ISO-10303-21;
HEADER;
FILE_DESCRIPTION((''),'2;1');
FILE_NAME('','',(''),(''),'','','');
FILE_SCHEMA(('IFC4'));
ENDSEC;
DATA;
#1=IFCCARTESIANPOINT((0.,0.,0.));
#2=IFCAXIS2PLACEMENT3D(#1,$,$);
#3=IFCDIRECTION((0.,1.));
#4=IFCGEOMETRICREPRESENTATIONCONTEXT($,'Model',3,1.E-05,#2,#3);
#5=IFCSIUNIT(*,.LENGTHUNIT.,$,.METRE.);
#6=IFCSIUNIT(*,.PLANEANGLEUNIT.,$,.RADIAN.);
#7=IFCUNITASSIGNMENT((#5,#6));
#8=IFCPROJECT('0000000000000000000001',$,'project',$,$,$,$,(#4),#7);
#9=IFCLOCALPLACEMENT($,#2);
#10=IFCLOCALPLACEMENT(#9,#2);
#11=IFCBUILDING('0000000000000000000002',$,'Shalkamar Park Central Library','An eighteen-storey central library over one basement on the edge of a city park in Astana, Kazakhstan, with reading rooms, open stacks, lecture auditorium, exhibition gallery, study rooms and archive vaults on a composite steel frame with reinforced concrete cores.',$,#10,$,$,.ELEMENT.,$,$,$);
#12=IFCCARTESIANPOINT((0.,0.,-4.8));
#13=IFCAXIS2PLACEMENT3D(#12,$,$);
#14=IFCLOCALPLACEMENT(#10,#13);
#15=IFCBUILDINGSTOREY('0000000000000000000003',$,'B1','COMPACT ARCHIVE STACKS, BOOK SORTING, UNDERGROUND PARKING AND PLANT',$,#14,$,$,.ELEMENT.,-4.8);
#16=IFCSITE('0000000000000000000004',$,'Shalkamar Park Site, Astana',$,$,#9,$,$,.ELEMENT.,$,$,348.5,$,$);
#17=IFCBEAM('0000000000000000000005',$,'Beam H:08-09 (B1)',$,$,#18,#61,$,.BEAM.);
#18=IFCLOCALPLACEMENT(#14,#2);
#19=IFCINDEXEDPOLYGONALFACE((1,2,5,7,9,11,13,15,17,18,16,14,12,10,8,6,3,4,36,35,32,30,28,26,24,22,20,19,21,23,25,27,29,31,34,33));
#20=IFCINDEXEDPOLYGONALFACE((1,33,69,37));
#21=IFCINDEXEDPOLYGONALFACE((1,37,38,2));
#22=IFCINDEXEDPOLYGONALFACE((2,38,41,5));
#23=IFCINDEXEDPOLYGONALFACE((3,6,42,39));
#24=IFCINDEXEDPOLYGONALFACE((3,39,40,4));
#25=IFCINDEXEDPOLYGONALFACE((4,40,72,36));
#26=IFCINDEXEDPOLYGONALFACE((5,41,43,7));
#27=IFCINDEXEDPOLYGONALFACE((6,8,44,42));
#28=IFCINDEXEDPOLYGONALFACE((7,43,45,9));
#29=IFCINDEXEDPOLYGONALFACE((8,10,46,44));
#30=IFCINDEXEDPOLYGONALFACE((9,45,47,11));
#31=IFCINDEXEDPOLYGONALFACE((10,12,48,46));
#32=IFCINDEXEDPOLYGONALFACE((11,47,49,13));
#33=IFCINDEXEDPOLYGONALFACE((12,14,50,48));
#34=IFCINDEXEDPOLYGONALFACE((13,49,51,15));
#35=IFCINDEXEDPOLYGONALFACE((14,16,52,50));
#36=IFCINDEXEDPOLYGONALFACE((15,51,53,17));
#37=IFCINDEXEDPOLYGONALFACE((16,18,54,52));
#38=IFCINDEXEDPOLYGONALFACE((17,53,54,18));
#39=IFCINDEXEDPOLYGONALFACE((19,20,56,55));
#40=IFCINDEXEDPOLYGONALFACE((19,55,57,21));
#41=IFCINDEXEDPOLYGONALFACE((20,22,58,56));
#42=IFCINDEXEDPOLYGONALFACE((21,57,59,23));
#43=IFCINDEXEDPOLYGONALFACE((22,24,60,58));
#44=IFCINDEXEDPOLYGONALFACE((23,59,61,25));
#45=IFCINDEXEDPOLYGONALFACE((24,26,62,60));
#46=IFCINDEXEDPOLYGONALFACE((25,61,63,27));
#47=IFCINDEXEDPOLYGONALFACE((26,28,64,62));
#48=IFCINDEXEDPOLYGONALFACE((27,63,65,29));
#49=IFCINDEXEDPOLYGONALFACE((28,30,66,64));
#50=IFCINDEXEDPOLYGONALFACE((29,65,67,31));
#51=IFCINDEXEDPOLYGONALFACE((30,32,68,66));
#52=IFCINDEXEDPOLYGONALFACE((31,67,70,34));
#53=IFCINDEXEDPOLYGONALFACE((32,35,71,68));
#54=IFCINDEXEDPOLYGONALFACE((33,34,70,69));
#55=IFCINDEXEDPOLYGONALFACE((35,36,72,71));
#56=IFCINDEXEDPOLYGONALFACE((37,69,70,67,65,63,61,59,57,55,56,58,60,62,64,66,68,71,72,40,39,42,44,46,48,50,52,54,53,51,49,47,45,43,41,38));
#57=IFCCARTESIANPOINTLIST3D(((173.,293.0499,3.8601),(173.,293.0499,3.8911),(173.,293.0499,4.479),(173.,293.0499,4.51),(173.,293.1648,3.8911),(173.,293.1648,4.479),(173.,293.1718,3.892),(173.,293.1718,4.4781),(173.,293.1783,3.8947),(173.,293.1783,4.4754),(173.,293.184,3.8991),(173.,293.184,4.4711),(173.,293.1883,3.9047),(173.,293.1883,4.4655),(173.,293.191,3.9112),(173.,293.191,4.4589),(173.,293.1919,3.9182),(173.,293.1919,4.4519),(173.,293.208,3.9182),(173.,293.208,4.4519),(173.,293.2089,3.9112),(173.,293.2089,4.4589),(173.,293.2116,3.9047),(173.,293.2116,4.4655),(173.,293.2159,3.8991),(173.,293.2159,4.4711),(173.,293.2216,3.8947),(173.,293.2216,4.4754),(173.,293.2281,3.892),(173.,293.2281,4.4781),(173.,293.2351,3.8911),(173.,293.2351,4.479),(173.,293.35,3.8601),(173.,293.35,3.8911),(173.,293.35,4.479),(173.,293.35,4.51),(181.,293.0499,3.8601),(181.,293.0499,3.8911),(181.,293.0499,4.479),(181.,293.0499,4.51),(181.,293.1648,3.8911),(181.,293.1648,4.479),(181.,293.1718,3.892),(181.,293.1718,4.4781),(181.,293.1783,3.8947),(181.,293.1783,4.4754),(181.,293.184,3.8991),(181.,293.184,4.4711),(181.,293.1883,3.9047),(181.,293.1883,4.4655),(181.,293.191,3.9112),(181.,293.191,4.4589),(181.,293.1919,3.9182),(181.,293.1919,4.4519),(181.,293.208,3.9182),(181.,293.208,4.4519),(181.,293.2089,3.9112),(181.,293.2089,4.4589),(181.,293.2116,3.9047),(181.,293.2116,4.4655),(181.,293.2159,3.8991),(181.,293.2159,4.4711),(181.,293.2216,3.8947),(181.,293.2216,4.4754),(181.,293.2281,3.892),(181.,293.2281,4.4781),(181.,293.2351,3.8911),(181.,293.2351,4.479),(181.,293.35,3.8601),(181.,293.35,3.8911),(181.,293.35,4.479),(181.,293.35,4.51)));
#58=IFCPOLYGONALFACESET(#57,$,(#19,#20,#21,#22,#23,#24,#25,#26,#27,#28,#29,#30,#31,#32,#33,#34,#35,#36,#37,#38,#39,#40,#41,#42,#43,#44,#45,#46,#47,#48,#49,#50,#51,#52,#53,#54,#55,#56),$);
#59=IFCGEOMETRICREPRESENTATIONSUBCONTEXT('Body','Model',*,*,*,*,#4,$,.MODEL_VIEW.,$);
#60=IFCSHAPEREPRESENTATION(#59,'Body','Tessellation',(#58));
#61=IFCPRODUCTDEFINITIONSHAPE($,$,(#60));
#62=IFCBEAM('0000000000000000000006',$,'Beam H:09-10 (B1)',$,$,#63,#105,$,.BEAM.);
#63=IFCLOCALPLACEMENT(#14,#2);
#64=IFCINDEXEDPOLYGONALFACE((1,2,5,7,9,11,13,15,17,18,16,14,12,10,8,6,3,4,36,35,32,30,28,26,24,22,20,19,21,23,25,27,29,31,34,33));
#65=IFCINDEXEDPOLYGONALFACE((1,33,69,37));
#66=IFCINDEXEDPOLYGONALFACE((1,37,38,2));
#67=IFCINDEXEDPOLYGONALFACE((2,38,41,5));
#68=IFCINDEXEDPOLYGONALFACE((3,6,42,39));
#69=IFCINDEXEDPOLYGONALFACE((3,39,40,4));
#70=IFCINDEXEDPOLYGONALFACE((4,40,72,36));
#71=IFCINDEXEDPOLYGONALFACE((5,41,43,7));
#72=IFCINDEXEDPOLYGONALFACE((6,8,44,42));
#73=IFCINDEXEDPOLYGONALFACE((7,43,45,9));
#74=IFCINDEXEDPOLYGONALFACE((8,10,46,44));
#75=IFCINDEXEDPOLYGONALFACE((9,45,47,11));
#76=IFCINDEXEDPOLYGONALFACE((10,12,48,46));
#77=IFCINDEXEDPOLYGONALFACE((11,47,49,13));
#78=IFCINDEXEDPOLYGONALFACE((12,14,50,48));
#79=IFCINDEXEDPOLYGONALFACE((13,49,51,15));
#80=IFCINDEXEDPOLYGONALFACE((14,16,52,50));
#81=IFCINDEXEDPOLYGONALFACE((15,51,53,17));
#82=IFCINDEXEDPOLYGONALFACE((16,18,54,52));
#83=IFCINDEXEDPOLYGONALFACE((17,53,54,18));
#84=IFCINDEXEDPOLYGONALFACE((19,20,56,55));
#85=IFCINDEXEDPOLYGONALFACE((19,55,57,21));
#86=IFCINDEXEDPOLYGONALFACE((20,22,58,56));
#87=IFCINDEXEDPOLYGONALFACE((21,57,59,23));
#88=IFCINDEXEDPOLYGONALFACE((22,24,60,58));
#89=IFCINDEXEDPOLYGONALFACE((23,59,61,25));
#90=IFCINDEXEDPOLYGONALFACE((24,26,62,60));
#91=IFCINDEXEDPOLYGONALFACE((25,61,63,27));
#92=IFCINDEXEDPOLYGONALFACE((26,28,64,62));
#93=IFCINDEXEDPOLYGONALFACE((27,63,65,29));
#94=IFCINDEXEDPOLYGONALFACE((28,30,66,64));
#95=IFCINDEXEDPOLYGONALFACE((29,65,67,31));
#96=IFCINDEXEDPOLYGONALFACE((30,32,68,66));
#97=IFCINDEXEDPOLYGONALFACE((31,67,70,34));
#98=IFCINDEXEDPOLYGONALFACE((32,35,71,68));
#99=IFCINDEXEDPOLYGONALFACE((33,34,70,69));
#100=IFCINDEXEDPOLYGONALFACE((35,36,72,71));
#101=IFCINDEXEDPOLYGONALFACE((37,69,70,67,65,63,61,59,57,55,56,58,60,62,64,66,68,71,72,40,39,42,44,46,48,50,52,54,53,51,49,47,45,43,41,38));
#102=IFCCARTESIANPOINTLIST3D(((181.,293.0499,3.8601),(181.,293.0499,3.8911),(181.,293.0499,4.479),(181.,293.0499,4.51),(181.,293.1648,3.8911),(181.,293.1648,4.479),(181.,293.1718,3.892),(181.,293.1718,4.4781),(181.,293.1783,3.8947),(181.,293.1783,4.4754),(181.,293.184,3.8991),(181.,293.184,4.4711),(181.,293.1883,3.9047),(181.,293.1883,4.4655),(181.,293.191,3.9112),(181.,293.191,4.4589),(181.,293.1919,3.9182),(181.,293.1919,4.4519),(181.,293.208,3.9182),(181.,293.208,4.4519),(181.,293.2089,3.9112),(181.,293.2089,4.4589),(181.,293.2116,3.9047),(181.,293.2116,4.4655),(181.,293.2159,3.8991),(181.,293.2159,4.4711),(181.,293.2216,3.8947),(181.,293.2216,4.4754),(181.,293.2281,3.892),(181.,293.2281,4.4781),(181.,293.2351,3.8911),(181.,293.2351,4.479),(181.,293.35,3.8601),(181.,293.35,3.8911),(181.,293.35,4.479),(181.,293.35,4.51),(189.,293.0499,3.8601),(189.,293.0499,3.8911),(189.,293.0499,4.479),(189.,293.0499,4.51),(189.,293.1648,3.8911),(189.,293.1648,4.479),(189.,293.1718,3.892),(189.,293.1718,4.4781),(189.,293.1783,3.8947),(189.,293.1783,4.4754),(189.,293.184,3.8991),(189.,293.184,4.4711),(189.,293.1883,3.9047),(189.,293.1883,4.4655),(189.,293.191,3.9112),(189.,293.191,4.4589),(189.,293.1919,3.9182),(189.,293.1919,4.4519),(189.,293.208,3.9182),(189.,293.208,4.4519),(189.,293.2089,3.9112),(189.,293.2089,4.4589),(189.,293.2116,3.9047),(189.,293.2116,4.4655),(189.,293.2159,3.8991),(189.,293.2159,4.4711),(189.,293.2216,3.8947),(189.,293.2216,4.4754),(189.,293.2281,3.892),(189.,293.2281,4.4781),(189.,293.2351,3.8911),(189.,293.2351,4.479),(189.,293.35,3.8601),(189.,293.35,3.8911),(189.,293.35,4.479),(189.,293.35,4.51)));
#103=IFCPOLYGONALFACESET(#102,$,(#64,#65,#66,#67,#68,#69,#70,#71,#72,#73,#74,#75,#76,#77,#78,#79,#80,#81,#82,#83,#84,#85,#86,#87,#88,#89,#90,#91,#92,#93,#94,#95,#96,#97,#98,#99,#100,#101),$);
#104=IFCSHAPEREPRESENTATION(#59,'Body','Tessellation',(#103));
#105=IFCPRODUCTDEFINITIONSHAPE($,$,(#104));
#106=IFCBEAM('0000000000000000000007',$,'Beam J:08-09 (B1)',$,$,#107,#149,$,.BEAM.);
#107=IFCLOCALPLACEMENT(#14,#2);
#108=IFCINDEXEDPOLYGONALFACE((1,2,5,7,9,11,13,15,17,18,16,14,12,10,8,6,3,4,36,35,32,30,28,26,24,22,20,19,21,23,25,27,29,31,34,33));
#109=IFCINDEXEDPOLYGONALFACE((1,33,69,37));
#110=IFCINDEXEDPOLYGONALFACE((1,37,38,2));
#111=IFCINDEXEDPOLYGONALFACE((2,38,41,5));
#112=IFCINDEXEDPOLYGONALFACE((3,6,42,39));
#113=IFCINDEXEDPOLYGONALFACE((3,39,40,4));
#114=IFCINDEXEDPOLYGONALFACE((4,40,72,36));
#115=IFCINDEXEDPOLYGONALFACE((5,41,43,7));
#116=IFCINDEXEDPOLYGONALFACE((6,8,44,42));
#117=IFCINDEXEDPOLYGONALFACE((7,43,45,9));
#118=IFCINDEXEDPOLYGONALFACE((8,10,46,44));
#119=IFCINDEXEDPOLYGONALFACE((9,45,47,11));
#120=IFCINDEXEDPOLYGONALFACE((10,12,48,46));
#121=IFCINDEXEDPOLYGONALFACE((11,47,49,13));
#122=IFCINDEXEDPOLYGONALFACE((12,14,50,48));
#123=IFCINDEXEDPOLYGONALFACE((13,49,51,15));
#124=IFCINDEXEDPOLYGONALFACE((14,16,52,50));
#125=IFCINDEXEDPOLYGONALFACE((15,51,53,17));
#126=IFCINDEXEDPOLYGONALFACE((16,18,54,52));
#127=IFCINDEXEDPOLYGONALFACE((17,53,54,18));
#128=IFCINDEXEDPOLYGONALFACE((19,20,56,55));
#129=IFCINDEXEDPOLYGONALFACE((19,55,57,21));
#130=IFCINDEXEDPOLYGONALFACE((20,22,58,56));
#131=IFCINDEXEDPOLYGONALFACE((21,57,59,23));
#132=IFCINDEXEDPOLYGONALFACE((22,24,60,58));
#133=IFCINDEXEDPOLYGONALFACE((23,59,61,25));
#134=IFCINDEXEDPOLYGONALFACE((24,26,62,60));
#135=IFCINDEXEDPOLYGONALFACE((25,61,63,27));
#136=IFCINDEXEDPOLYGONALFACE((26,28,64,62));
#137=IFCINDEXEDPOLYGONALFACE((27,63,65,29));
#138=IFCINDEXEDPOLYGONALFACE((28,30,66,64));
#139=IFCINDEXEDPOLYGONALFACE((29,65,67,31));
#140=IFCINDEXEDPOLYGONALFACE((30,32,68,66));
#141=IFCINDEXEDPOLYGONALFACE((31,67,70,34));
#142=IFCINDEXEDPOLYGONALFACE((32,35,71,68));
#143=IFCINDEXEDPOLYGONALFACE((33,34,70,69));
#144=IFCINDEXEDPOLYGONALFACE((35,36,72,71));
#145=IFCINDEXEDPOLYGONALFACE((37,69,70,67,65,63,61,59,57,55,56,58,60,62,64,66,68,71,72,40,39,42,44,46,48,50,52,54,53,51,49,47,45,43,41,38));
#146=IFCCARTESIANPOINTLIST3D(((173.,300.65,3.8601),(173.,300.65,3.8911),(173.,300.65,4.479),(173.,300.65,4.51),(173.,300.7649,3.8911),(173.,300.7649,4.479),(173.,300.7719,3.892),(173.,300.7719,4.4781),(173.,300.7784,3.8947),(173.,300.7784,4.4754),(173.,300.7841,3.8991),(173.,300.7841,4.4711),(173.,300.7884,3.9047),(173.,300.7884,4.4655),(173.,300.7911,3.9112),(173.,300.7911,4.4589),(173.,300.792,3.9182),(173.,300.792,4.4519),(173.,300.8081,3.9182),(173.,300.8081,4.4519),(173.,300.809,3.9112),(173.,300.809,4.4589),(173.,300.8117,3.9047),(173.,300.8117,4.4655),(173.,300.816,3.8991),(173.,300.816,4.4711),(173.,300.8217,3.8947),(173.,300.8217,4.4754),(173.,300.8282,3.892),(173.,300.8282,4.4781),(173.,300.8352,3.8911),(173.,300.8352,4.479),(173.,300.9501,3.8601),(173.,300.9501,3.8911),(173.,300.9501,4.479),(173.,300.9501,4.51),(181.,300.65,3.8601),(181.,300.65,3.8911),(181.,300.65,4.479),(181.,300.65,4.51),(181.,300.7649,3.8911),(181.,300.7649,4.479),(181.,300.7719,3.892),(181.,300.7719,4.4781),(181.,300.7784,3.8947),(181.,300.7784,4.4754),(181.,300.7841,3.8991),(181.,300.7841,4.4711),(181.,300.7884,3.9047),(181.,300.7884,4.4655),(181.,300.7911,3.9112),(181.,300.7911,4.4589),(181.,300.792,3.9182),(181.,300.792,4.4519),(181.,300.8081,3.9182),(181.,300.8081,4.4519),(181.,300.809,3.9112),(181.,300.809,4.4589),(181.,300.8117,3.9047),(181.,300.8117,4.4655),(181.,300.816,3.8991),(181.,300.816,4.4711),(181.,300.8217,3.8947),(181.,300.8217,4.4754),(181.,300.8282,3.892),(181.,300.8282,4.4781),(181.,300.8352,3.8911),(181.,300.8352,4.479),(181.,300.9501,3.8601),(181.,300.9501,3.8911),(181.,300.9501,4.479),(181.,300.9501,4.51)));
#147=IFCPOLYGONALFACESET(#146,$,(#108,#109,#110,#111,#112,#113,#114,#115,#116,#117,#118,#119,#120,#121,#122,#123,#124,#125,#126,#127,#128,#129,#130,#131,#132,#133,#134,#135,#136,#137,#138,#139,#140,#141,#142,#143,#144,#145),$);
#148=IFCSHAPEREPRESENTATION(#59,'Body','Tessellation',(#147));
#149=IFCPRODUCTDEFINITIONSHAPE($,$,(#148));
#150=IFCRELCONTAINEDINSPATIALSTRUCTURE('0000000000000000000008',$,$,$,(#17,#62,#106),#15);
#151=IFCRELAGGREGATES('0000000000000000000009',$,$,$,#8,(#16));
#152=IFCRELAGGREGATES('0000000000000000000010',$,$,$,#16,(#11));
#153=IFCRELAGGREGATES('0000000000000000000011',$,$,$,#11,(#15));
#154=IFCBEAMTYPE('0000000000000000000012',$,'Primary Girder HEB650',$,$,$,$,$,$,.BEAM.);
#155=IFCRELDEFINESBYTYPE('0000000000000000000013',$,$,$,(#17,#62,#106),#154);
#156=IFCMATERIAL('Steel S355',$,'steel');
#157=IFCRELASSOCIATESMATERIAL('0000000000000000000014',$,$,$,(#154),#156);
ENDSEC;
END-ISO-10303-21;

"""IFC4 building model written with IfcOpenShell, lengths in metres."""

from ifc_helpers import new_model, si_unit, direction, frame, origin, origin_2d, place, context, subcontext, project, spatial, i_section, extrude, material, material_profile, profile_set, type_object, element, save


model = new_model("IFC4")

# Units and contexts
model_context = context("Model", 3, precision=1e-05, world=origin(), true_north=direction((0.0, 1.0)))
body_context = subcontext(model_context, "Body", "Model", "MODEL_VIEW")
ifc_project = project(units=[si_unit("LENGTHUNIT", "METRE"), si_unit("PLANEANGLEUNIT", "RADIAN")], contexts=[model_context])

# Site, building, storey
site_placement = place(None, origin())
site = spatial("IfcSite", under=ifc_project, at=site_placement, Name="Shalkamar Park Site, Astana", CompositionType="ELEMENT", RefElevation=348.5)
building_placement = place(site_placement, origin())
building = spatial("IfcBuilding", under=site, at=building_placement, Name="Shalkamar Park Central Library", Description="An eighteen-storey central library over one basement on the edge of a city park in Astana, Kazakhstan, with reading rooms, open stacks, lecture auditorium, exhibition gallery, study rooms and archive vaults on a composite steel frame with reinforced concrete cores.", CompositionType="ELEMENT")
storey_placement = place(building_placement, frame((0.0, 0.0, -4.8)))
storey = spatial("IfcBuildingStorey", under=building, at=storey_placement, Name="B1", Description="COMPACT ARCHIVE STACKS, BOOK SORTING, UNDERGROUND PARKING AND PLANT", CompositionType="ELEMENT", Elevation=-4.8)

# Shared definitions
ifc_material_1 = material(Name="Steel S355", Category="steel")

# Beams
ifc_material_profile_1 = material_profile(ifc_material_1, i_section(OverallWidth=0.3, OverallDepth=0.6499, WebThickness=0.0161, FlangeThickness=0.031, FilletRadius=0.0271, at=origin_2d()), Name="HEB 650")
ifc_profile_set_1 = profile_set([ifc_material_profile_1], Name="Steel S355")
beam_type_1 = type_object("IfcBeamType", Name="Primary Girder HEB650", PredefinedType="BEAM", material=ifc_profile_set_1)
for number, where, z_axis, x_axis, name in (
    (1, (173.0, 293.2, 4.1851), (1.0, 0.0, 0.0), (0.0, 1.0, 0.0), "Beam H:08-09 (B1)"),
    (2, (181.0, 293.2, 4.1851), (1.0, 0.0, 0.0), (0.0, 1.0, 0.0), "Beam H:09-10 (B1)"),
    (3, (173.0, 300.8, 4.1851), (1.0, 0.0, 0.0), (0.0, 1.0, 0.0), "Beam J:08-09 (B1)"),
):
    element("IfcBeam", number, at=place(storey_placement, frame(where, z_axis=z_axis, x_axis=x_axis)), inside=storey, type_object=beam_type_1, Name=name, PredefinedType="BEAM", context=body_context, shape_type="SweptSolid", body=[
        extrude(i_section(OverallWidth=0.3, OverallDepth=0.6499, WebThickness=0.0161, FlangeThickness=0.031, FilletRadius=0.0271, at=origin_2d()), origin(), (0.0, 0.0, 1.0), 8.0),
    ])

save(model, "model.ifc")
